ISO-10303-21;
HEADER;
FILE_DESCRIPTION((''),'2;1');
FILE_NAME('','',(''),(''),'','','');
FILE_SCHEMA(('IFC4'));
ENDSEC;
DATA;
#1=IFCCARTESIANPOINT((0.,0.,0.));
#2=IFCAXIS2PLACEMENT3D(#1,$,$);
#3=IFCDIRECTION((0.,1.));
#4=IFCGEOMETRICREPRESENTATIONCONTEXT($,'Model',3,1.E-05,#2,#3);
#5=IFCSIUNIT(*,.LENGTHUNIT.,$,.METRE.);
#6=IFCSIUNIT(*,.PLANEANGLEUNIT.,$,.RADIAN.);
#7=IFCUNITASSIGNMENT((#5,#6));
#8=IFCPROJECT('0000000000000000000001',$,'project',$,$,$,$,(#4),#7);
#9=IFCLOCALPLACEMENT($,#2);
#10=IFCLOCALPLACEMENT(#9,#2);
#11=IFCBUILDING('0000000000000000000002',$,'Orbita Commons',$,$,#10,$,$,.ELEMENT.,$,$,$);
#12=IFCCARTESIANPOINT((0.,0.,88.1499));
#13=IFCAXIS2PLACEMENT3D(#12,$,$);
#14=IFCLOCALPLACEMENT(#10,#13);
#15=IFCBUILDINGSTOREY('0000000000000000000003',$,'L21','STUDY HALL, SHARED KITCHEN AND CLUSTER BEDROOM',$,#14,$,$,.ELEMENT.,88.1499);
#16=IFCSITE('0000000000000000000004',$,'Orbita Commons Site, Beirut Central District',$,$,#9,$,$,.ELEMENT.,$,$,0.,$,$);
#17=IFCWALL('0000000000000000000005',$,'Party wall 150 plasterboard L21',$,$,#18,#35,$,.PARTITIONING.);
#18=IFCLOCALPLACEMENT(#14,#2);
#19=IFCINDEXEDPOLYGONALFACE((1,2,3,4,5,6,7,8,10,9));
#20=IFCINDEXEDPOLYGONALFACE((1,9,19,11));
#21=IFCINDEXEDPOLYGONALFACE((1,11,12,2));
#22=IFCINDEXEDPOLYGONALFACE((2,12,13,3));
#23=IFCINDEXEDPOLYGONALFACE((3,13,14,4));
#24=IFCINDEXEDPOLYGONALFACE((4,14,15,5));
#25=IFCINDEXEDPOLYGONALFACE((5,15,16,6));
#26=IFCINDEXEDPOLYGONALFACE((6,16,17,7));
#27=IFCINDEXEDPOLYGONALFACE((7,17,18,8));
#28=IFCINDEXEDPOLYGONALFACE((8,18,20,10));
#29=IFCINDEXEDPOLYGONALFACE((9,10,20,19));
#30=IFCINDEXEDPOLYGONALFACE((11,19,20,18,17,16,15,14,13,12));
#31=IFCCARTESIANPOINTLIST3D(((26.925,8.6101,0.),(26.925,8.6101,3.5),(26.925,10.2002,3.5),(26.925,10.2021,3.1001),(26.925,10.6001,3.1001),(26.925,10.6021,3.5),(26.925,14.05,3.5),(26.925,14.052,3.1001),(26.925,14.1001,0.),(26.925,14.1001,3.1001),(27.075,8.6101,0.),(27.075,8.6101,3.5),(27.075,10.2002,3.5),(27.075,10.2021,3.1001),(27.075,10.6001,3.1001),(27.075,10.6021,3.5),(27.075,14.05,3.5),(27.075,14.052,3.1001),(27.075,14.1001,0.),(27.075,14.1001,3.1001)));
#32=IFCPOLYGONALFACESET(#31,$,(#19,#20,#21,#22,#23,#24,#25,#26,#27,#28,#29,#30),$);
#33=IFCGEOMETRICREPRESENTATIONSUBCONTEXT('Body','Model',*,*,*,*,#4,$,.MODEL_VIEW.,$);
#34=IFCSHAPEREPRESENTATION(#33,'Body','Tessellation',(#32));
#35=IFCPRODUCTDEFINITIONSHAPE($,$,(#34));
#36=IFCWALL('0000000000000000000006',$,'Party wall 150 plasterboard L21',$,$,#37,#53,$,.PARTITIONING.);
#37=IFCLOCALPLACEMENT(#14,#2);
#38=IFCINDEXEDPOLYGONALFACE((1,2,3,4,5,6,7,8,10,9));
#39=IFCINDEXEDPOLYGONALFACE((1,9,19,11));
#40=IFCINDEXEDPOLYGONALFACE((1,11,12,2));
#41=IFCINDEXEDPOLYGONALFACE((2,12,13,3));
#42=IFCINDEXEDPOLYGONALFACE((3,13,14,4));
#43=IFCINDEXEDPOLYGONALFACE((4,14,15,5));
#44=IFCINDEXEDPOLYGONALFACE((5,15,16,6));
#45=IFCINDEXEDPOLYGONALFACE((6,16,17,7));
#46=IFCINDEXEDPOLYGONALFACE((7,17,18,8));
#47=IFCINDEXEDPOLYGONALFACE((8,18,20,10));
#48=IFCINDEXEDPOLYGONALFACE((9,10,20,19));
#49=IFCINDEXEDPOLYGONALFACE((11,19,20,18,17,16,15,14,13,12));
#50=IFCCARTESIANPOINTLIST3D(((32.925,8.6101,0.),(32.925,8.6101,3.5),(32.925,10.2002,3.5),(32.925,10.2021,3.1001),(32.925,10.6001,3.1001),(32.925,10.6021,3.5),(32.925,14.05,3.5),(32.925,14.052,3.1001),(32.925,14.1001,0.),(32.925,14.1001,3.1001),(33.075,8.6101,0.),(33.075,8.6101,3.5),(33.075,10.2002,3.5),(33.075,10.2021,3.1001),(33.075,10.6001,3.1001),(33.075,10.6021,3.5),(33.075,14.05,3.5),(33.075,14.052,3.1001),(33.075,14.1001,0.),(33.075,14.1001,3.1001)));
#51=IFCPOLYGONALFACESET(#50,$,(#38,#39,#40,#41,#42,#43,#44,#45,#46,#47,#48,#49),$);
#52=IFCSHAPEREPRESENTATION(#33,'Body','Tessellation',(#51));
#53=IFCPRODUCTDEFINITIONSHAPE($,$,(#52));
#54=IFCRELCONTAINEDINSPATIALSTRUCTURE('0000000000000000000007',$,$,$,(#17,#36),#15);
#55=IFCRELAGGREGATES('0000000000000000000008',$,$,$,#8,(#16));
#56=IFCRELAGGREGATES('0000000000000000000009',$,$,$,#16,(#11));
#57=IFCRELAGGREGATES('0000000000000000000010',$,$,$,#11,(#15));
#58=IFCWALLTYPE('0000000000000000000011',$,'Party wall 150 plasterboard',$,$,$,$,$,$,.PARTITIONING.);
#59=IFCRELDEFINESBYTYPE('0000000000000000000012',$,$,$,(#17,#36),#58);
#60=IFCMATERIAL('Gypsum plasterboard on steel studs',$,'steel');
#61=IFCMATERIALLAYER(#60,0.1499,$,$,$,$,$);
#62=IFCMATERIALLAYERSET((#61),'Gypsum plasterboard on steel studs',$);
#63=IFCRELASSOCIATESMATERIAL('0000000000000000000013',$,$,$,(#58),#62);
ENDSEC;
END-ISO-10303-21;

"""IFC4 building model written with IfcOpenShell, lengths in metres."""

from ifc_helpers import new_model, si_unit, direction, frame, origin, place, context, subcontext, project, spatial, polyline, outline, extrude, material, layer, layer_set, type_object, element, save


model = new_model("IFC4")

# Units and contexts
model_context = context("Model", 3, precision=1e-05, world=origin(), true_north=direction((0.0, 1.0)))
body_context = subcontext(model_context, "Body", "Model", "MODEL_VIEW")
ifc_project = project(units=[si_unit("LENGTHUNIT", "METRE"), si_unit("PLANEANGLEUNIT", "RADIAN")], contexts=[model_context])

# Site, building, storey
site_placement = place(None, origin())
site = spatial("IfcSite", under=ifc_project, at=site_placement, Name="Orbita Commons Site, Beirut Central District", CompositionType="ELEMENT", RefElevation=0.0)
building_placement = place(site_placement, origin())
building = spatial("IfcBuilding", under=site, at=building_placement, Name="Orbita Commons", CompositionType="ELEMENT")
storey_placement = place(building_placement, frame((0.0, 0.0, 88.1499)))
storey = spatial("IfcBuildingStorey", under=building, at=storey_placement, Name="L21", Description="STUDY HALL, SHARED KITCHEN AND CLUSTER BEDROOM", CompositionType="ELEMENT", Elevation=88.1499)

# Walls
ifc_material_1 = material(Name="Gypsum plasterboard on steel studs", Category="steel")
ifc_layer_1 = layer(ifc_material_1, 0.1499)
ifc_layer_set_1 = layer_set([ifc_layer_1], Name="Gypsum plasterboard on steel studs")
wall_type_1 = type_object("IfcWallType", Name="Party wall 150 plasterboard", PredefinedType="PARTITIONING", material=ifc_layer_set_1)
for number, where, z_axis, x_axis, name in (
    (1, (27.0, 8.6101, 0.0), (0.0, 0.0, 1.0), (0.0, 1.0, 0.0), "Party wall 150 plasterboard L21"),
    (2, (33.0, 8.6101, 0.0), (0.0, 0.0, 1.0), (0.0, 1.0, 0.0), "Party wall 150 plasterboard L21"),
):
    element("IfcWall", number, at=place(storey_placement, frame(where, z_axis=z_axis, x_axis=x_axis)), inside=storey, type_object=wall_type_1, Name=name, PredefinedType="PARTITIONING", context=body_context, shape_type="SweptSolid", body=[
        extrude(outline(polyline([(0.0, 0.0), (5.49, 0.0), (5.49, 3.1001), (5.4419, 3.1001), (5.4399, 3.5), (1.9919, 3.5), (1.99, 3.1001), (1.592, 3.1001), (1.5901, 3.5), (0.0, 3.5), (0.0, 0.0)])), frame((0.0, 0.075, 0.0), z_axis=(0.0, -1.0, 0.0), x_axis=(1.0, 0.0, 0.0)), (0.0, 0.0, 1.0), 0.1499),
    ])

save(model, "model.ifc")
